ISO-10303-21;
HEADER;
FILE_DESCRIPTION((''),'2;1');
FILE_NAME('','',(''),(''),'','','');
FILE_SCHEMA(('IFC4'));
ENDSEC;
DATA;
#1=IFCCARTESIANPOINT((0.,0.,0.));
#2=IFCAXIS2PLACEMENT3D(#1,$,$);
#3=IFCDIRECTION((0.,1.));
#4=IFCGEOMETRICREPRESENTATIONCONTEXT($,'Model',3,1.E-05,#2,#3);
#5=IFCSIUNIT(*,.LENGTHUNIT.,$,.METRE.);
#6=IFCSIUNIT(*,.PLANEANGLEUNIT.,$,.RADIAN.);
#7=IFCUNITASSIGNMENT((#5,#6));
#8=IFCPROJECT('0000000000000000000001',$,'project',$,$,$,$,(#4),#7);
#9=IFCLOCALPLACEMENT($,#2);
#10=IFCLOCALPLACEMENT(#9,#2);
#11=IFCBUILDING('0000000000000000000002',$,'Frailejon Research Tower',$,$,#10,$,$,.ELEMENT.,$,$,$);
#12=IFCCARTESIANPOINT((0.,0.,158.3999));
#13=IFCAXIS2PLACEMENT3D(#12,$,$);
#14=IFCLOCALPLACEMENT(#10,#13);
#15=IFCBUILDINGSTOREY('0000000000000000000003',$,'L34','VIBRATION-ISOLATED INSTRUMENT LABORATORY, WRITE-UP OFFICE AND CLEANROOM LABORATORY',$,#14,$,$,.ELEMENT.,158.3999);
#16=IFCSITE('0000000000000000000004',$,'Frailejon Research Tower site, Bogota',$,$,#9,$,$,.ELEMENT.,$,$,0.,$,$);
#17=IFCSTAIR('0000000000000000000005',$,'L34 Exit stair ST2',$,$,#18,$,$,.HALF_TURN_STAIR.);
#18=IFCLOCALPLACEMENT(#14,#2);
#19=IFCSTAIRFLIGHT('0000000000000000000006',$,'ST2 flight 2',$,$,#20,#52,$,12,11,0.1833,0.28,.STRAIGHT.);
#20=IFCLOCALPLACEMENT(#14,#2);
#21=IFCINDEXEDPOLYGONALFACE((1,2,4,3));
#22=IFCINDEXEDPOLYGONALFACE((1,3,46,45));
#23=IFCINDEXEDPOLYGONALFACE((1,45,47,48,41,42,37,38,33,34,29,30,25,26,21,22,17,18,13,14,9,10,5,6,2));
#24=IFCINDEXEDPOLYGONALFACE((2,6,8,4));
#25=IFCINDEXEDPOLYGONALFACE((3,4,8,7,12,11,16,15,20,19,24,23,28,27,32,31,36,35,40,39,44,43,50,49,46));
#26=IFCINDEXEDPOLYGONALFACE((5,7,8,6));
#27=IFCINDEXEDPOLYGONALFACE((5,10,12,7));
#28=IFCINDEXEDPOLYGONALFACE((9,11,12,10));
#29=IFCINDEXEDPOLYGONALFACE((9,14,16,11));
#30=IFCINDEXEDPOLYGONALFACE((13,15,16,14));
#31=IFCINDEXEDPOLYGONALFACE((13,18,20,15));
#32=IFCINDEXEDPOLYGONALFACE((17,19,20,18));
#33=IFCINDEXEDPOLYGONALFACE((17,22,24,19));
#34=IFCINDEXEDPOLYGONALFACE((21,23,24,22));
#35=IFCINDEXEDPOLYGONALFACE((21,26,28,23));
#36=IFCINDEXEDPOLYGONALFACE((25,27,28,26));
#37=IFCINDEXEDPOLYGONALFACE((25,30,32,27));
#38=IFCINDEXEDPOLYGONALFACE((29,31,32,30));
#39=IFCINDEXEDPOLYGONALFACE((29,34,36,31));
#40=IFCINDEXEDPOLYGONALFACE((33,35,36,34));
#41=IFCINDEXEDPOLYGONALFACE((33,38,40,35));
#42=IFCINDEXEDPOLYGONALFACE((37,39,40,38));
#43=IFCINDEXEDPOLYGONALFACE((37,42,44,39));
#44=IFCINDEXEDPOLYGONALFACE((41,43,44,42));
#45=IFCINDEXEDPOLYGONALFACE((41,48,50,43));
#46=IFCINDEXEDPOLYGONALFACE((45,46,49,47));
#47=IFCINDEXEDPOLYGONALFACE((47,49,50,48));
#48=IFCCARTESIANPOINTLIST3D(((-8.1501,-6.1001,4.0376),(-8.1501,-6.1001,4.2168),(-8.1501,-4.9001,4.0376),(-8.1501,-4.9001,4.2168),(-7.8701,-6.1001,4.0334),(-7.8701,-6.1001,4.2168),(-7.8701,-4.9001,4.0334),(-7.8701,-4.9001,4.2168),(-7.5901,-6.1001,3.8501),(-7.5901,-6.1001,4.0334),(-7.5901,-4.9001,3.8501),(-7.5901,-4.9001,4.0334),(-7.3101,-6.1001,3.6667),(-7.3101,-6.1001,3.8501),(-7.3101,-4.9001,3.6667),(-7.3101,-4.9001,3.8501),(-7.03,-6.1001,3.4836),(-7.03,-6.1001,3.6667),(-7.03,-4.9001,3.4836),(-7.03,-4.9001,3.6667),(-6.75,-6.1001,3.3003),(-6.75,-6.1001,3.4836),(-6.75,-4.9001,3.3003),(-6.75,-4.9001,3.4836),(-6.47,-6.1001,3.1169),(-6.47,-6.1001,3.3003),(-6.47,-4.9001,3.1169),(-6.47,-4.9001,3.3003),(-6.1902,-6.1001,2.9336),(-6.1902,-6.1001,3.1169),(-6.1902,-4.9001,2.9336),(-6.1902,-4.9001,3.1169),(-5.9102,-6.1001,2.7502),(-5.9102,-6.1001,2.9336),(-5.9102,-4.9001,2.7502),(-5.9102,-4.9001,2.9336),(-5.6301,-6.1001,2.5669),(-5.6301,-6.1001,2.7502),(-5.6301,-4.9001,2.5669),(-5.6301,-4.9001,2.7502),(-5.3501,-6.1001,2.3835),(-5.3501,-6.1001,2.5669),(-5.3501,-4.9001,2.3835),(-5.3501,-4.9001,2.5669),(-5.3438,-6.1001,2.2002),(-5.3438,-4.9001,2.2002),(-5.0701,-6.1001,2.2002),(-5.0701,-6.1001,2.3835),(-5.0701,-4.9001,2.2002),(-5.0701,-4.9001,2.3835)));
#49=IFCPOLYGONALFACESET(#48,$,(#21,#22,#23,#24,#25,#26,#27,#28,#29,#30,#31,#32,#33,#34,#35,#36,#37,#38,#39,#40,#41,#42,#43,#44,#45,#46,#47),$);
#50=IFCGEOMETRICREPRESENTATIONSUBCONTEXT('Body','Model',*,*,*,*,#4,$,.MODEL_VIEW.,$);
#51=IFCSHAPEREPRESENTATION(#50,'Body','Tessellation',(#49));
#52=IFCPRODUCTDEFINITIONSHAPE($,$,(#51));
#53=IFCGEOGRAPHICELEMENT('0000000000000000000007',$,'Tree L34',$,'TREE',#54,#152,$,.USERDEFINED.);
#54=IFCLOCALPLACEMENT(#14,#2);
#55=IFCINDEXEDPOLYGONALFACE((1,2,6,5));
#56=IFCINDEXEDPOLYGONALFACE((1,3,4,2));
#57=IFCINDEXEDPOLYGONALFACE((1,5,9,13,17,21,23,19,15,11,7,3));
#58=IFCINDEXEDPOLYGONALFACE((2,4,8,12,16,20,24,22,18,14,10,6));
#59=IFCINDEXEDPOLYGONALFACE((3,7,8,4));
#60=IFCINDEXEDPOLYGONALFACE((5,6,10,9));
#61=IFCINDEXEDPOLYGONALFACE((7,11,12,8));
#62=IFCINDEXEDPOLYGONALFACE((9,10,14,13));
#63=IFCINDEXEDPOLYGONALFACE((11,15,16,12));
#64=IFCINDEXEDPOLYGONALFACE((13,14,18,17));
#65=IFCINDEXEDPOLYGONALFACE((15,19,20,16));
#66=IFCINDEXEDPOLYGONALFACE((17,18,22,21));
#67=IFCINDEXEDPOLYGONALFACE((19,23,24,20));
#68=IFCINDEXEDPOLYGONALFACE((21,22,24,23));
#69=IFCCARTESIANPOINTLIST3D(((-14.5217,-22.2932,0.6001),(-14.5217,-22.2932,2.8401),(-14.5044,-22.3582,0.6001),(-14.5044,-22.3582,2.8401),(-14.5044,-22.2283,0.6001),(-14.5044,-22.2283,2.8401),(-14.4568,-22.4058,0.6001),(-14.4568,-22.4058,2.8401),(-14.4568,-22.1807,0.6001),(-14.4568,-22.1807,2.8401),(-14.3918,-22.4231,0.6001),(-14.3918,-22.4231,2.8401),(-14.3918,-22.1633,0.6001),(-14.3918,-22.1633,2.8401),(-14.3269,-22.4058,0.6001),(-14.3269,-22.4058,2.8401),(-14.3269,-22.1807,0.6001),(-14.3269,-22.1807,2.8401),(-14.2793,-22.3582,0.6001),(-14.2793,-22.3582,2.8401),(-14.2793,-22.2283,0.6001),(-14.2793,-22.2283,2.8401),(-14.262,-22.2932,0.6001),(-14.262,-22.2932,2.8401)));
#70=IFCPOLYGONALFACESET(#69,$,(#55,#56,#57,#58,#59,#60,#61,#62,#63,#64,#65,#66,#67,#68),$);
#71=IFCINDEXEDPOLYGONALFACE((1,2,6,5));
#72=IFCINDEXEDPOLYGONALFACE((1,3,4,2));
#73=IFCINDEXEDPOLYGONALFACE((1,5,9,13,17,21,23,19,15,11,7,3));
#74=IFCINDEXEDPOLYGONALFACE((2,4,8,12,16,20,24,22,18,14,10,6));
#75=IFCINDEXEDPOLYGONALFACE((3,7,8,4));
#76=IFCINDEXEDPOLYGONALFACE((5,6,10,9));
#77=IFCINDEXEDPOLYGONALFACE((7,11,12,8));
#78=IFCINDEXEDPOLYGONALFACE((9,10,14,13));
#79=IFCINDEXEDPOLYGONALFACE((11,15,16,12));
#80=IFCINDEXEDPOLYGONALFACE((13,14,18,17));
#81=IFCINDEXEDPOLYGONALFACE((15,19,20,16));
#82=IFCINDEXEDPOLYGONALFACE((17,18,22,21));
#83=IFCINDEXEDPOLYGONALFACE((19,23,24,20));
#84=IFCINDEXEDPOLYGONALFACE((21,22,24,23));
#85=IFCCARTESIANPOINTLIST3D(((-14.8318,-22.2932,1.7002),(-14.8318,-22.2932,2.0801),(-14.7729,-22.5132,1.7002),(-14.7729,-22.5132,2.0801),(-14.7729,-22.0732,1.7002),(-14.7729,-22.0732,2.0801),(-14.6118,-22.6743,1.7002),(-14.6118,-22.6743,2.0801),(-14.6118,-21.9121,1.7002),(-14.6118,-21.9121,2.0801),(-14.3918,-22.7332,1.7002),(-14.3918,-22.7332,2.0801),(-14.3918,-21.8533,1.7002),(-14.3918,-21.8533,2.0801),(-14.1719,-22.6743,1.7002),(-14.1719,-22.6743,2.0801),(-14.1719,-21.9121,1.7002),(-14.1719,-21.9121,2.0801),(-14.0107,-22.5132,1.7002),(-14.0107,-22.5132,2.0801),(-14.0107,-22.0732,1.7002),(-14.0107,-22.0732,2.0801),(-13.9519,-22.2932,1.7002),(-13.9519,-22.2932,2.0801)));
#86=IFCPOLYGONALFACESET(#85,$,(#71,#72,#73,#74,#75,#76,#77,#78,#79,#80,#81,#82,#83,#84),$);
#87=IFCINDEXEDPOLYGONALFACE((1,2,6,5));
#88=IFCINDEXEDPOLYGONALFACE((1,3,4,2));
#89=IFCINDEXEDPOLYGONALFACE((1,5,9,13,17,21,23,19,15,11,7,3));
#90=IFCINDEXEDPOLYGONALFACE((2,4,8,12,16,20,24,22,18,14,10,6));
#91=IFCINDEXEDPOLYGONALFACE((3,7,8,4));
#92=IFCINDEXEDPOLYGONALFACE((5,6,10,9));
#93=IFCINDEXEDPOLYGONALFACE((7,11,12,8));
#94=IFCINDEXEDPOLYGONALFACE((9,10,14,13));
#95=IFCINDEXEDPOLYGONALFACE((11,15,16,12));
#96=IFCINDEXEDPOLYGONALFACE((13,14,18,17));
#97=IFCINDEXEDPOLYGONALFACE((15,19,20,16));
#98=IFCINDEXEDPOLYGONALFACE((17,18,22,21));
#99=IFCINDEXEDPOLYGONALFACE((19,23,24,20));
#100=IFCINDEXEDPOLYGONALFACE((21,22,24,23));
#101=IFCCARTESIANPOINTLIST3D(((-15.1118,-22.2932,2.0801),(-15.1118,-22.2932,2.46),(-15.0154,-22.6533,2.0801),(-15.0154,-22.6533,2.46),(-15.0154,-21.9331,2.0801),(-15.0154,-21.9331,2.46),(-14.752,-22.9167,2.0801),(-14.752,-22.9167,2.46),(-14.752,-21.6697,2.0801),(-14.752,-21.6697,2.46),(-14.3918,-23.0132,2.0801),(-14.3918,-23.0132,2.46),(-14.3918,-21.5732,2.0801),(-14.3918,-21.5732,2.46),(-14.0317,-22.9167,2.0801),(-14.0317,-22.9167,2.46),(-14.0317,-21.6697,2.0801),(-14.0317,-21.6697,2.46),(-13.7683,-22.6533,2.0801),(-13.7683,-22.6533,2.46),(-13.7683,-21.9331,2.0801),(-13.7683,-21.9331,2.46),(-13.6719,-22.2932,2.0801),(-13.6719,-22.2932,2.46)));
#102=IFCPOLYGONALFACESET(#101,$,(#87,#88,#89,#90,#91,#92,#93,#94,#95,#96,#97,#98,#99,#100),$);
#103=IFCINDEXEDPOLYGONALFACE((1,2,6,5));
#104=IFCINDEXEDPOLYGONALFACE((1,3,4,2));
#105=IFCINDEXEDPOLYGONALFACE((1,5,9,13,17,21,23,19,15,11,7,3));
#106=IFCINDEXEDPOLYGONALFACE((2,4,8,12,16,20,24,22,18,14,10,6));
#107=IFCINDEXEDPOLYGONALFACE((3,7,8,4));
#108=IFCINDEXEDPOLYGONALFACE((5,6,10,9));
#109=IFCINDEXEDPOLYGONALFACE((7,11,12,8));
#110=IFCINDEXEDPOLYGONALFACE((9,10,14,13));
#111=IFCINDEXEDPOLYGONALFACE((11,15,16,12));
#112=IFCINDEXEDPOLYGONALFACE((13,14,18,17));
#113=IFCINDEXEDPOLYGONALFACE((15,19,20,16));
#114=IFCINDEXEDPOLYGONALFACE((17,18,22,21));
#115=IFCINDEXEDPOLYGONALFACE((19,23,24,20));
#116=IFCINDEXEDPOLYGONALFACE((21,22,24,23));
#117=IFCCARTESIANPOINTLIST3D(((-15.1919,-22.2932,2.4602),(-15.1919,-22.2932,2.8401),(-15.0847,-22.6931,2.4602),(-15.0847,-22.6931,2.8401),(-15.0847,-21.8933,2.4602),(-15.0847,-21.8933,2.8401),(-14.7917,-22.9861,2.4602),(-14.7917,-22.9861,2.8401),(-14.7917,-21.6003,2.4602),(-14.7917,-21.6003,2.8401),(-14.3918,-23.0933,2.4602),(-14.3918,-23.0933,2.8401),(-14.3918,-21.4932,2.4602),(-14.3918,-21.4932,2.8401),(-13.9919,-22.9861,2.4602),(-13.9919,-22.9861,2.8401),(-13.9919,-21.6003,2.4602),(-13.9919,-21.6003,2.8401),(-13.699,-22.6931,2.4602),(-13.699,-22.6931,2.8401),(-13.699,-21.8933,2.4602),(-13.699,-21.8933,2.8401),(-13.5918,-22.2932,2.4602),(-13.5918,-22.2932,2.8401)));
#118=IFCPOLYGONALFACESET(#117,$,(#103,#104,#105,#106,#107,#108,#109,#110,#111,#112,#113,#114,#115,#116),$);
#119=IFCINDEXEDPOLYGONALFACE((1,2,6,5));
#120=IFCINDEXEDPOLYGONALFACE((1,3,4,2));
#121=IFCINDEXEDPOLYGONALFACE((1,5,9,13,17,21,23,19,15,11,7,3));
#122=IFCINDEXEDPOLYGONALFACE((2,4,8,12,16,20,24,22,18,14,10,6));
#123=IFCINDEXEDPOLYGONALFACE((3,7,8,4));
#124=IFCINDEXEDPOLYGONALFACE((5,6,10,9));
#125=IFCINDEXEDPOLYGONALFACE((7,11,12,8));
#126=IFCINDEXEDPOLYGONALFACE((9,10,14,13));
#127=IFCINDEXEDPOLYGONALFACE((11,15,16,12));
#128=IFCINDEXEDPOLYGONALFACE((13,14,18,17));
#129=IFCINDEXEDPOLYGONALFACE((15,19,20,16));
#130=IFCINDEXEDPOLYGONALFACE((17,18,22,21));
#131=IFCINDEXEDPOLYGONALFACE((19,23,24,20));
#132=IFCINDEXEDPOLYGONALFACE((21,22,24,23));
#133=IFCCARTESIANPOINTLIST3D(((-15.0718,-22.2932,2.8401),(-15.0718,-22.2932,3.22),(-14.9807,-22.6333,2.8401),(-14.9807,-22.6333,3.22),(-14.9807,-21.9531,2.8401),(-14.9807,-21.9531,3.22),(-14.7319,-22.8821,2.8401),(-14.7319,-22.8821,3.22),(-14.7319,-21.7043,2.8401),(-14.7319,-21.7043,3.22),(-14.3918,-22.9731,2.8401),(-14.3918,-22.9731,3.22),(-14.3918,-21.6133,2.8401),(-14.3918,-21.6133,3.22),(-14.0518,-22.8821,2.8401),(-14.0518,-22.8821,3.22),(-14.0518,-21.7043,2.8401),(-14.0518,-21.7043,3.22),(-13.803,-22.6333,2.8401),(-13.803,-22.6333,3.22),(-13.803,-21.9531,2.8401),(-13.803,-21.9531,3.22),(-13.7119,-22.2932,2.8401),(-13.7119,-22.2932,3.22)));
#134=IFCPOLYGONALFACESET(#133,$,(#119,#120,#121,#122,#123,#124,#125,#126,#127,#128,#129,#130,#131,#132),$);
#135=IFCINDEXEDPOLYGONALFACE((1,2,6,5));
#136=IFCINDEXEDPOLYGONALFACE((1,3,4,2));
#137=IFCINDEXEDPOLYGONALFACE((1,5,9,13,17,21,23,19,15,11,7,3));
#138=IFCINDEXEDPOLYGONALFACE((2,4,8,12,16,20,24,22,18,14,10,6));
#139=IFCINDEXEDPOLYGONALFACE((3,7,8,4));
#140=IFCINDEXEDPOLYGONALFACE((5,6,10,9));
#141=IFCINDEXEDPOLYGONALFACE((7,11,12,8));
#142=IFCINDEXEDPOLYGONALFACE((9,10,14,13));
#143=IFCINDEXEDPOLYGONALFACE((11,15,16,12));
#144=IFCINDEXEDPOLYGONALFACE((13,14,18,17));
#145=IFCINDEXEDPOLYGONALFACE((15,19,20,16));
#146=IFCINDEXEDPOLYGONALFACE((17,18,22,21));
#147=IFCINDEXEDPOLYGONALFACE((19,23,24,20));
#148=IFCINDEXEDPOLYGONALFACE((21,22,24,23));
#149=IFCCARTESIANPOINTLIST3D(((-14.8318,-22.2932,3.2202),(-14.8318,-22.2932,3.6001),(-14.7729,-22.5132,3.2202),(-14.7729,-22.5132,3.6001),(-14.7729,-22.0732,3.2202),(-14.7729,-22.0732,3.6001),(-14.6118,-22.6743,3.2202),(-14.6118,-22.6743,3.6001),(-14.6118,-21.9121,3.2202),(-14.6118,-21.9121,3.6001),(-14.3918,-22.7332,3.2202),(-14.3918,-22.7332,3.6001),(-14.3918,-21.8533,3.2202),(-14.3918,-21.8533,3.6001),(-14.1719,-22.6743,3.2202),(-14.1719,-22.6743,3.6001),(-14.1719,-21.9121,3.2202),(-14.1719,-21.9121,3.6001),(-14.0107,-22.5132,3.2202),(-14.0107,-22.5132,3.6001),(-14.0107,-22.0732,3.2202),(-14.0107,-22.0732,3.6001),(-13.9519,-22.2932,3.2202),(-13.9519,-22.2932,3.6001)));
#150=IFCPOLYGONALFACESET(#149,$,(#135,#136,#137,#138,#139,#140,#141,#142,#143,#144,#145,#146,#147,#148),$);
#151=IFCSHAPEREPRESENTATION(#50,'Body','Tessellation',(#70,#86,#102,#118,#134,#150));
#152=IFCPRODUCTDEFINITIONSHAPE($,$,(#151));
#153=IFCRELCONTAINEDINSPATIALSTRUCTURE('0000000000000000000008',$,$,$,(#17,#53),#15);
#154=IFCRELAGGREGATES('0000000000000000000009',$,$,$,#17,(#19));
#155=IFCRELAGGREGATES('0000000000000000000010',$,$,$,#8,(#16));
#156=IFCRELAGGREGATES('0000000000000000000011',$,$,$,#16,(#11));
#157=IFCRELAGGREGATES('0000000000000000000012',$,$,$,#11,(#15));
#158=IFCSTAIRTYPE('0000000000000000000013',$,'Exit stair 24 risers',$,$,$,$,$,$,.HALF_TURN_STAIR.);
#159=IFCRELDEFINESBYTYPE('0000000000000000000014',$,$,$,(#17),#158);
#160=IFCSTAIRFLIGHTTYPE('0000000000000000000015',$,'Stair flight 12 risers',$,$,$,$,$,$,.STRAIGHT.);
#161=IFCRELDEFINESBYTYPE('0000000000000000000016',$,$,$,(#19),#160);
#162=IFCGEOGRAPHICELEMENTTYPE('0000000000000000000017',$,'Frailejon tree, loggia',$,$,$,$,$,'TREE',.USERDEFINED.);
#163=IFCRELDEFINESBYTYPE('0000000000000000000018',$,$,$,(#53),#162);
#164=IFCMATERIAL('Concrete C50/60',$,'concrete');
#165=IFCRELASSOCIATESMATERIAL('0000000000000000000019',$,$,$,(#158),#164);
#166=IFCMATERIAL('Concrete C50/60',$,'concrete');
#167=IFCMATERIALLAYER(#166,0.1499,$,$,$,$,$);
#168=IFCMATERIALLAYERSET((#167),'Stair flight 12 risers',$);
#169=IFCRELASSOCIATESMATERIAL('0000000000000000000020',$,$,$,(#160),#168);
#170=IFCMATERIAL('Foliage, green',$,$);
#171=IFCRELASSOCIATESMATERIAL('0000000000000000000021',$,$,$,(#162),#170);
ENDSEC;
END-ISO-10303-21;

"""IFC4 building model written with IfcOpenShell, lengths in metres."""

from ifc_helpers import new_model, si_unit, direction, frame, origin, place, context, subcontext, project, spatial, polyline, outline, extrude, material, layer, layer_set, type_object, element, aggregate, save


model = new_model("IFC4")

# Units and contexts
model_context = context("Model", 3, precision=1e-05, world=origin(), true_north=direction((0.0, 1.0)))
body_context = subcontext(model_context, "Body", "Model", "MODEL_VIEW")
ifc_project = project(units=[si_unit("LENGTHUNIT", "METRE"), si_unit("PLANEANGLEUNIT", "RADIAN")], contexts=[model_context])

# Site, building, storey
site_placement = place(None, origin())
site = spatial("IfcSite", under=ifc_project, at=site_placement, Name="Frailejon Research Tower site, Bogota", CompositionType="ELEMENT", RefElevation=0.0)
building_placement = place(site_placement, origin())
building = spatial("IfcBuilding", under=site, at=building_placement, Name="Frailejon Research Tower", CompositionType="ELEMENT")
storey_placement = place(building_placement, frame((0.0, 0.0, 158.3999)))
storey = spatial("IfcBuildingStorey", under=building, at=storey_placement, Name="L34", Description="VIBRATION-ISOLATED INSTRUMENT LABORATORY, WRITE-UP OFFICE AND CLEANROOM LABORATORY", CompositionType="ELEMENT", Elevation=158.3999)

# Stair, stair flight
ifc_material_1 = material(Name="Concrete C50/60", Category="concrete")
stair_type = type_object("IfcStairType", Name="Exit stair 24 risers", PredefinedType="HALF_TURN_STAIR", material=ifc_material_1)
stair_placement = place(storey_placement, origin())
stair = element("IfcStair", 1, at=stair_placement, inside=storey, type_object=stair_type, Name="L34 Exit stair ST2", PredefinedType="HALF_TURN_STAIR")
ifc_material_2 = material(Name="Concrete C50/60", Category="concrete")
ifc_layer_1 = layer(ifc_material_2, 0.1499)
ifc_layer_set_1 = layer_set([ifc_layer_1], Name="Stair flight 12 risers")
stair_flight_type = type_object("IfcStairFlightType", Name="Stair flight 12 risers", PredefinedType="STRAIGHT", material=ifc_layer_set_1)
stair_flight_1_placement = place(storey_placement, frame((-5.0701, -5.5, 2.2002), z_axis=(0.0, 0.0, 1.0), x_axis=(-1.0, 0.0, 0.0)))
stair_flight_1 = element("IfcStairFlight", 2, at=stair_flight_1_placement, type_object=stair_flight_type, Name="ST2 flight 2", NumberOfRisers=12, NumberOfTreads=11, PredefinedType="STRAIGHT", RiserHeight=0.1833, TreadLength=0.28, context=body_context, shape_type="SweptSolid", body=[
    extrude(outline(polyline([(0.0, 0.0), (0.0, 0.1833), (0.28, 0.1833), (0.28, 0.3667), (0.5601, 0.3667), (0.5601, 0.55), (0.8401, 0.55), (0.8401, 0.7334), (1.1201, 0.7334), (1.1201, 0.9167), (1.3999, 0.9167), (1.3999, 1.1001), (1.6799, 1.1001), (1.6799, 1.2834), (1.96, 1.2834), (1.96, 1.4666), (2.24, 1.4666), (2.24, 1.6499), (2.52, 1.6499), (2.52, 1.8333), (2.8, 1.8333), (2.8, 2.0166), (3.0801, 2.0166), (3.0801, 2.2), (3.0801, 1.8374), (0.2737, 0.0), (0.0, 0.0)])), frame((0.0, 0.6001, 0.0), z_axis=(0.0, -1.0, 0.0), x_axis=(1.0, 0.0, 0.0)), (0.0, 0.0, 1.0), 1.2),
])
aggregate(stair, [stair_flight_1])

# Geographic element
ifc_material_3 = material(Name="Foliage, green")
geographic_element_type = type_object("IfcGeographicElementType", Name="Frailejon tree, loggia", ElementType="TREE", PredefinedType="USERDEFINED", material=ifc_material_3)
geographic_element_placement = place(storey_placement, frame((-14.3918, -22.2932, 0.6001)))
element("IfcGeographicElement", 3, at=geographic_element_placement, inside=storey, type_object=geographic_element_type, Name="Tree L34", ObjectType="TREE", PredefinedType="USERDEFINED", context=body_context, shape_type="SweptSolid", body=[
    extrude(outline(polyline([(0.1299, 0.0), (0.1125, 0.0649), (0.0649, 0.1125), (0.0, 0.1299), (-0.0649, 0.1125), (-0.1125, 0.0649), (-0.1299, 0.0), (-0.1125, -0.0649), (-0.0649, -0.1125), (0.0, -0.1299), (0.0649, -0.1125), (0.1125, -0.0649), (0.1299, 0.0)])), origin(), (0.0, 0.0, 1.0), 2.24),
    extrude(outline(polyline([(0.4399, 0.0), (0.3811, 0.22), (0.22, 0.3811), (0.0, 0.4399), (-0.22, 0.3811), (-0.3811, 0.22), (-0.4399, 0.0), (-0.3811, -0.22), (-0.22, -0.3811), (0.0, -0.4399), (0.22, -0.3811), (0.3811, -0.22), (0.4399, 0.0)])), frame((0.0, 0.0, 1.1001)), (0.0, 0.0, 1.0), 0.3799),
    extrude(outline(polyline([(0.72, 0.0), (0.6235, 0.3601), (0.3601, 0.6235), (0.0, 0.72), (-0.3601, 0.6235), (-0.6235, 0.3601), (-0.72, 0.0), (-0.6235, -0.3601), (-0.3601, -0.6235), (0.0, -0.72), (0.3601, -0.6235), (0.6235, -0.3601), (0.72, 0.0)])), frame((0.0, 0.0, 1.48)), (0.0, 0.0, 1.0), 0.3799),
    extrude(outline(polyline([(0.8, 0.0), (0.6929, 0.3999), (0.3999, 0.6929), (0.0, 0.8), (-0.3999, 0.6929), (-0.6929, 0.3999), (-0.8, 0.0), (-0.6929, -0.3999), (-0.3999, -0.6929), (0.0, -0.8), (0.3999, -0.6929), (0.6929, -0.3999), (0.8, 0.0)])), frame((0.0, 0.0, 1.8601)), (0.0, 0.0, 1.0), 0.3799),
    extrude(outline(polyline([(0.6799, 0.0), (0.5889, 0.3401), (0.3401, 0.5889), (0.0, 0.6799), (-0.3401, 0.5889), (-0.5889, 0.3401), (-0.6799, 0.0), (-0.5889, -0.3401), (-0.3401, -0.5889), (0.0, -0.6799), (0.3401, -0.5889), (0.5889, -0.3401), (0.6799, 0.0)])), frame((0.0, 0.0, 2.24)), (0.0, 0.0, 1.0), 0.3799),
    extrude(outline(polyline([(0.4399, 0.0), (0.3811, 0.22), (0.22, 0.3811), (0.0, 0.4399), (-0.22, 0.3811), (-0.3811, 0.22), (-0.4399, 0.0), (-0.3811, -0.22), (-0.22, -0.3811), (0.0, -0.4399), (0.22, -0.3811), (0.3811, -0.22), (0.4399, 0.0)])), frame((0.0, 0.0, 2.6201)), (0.0, 0.0, 1.0), 0.3799),
])

save(model, "model.ifc")
